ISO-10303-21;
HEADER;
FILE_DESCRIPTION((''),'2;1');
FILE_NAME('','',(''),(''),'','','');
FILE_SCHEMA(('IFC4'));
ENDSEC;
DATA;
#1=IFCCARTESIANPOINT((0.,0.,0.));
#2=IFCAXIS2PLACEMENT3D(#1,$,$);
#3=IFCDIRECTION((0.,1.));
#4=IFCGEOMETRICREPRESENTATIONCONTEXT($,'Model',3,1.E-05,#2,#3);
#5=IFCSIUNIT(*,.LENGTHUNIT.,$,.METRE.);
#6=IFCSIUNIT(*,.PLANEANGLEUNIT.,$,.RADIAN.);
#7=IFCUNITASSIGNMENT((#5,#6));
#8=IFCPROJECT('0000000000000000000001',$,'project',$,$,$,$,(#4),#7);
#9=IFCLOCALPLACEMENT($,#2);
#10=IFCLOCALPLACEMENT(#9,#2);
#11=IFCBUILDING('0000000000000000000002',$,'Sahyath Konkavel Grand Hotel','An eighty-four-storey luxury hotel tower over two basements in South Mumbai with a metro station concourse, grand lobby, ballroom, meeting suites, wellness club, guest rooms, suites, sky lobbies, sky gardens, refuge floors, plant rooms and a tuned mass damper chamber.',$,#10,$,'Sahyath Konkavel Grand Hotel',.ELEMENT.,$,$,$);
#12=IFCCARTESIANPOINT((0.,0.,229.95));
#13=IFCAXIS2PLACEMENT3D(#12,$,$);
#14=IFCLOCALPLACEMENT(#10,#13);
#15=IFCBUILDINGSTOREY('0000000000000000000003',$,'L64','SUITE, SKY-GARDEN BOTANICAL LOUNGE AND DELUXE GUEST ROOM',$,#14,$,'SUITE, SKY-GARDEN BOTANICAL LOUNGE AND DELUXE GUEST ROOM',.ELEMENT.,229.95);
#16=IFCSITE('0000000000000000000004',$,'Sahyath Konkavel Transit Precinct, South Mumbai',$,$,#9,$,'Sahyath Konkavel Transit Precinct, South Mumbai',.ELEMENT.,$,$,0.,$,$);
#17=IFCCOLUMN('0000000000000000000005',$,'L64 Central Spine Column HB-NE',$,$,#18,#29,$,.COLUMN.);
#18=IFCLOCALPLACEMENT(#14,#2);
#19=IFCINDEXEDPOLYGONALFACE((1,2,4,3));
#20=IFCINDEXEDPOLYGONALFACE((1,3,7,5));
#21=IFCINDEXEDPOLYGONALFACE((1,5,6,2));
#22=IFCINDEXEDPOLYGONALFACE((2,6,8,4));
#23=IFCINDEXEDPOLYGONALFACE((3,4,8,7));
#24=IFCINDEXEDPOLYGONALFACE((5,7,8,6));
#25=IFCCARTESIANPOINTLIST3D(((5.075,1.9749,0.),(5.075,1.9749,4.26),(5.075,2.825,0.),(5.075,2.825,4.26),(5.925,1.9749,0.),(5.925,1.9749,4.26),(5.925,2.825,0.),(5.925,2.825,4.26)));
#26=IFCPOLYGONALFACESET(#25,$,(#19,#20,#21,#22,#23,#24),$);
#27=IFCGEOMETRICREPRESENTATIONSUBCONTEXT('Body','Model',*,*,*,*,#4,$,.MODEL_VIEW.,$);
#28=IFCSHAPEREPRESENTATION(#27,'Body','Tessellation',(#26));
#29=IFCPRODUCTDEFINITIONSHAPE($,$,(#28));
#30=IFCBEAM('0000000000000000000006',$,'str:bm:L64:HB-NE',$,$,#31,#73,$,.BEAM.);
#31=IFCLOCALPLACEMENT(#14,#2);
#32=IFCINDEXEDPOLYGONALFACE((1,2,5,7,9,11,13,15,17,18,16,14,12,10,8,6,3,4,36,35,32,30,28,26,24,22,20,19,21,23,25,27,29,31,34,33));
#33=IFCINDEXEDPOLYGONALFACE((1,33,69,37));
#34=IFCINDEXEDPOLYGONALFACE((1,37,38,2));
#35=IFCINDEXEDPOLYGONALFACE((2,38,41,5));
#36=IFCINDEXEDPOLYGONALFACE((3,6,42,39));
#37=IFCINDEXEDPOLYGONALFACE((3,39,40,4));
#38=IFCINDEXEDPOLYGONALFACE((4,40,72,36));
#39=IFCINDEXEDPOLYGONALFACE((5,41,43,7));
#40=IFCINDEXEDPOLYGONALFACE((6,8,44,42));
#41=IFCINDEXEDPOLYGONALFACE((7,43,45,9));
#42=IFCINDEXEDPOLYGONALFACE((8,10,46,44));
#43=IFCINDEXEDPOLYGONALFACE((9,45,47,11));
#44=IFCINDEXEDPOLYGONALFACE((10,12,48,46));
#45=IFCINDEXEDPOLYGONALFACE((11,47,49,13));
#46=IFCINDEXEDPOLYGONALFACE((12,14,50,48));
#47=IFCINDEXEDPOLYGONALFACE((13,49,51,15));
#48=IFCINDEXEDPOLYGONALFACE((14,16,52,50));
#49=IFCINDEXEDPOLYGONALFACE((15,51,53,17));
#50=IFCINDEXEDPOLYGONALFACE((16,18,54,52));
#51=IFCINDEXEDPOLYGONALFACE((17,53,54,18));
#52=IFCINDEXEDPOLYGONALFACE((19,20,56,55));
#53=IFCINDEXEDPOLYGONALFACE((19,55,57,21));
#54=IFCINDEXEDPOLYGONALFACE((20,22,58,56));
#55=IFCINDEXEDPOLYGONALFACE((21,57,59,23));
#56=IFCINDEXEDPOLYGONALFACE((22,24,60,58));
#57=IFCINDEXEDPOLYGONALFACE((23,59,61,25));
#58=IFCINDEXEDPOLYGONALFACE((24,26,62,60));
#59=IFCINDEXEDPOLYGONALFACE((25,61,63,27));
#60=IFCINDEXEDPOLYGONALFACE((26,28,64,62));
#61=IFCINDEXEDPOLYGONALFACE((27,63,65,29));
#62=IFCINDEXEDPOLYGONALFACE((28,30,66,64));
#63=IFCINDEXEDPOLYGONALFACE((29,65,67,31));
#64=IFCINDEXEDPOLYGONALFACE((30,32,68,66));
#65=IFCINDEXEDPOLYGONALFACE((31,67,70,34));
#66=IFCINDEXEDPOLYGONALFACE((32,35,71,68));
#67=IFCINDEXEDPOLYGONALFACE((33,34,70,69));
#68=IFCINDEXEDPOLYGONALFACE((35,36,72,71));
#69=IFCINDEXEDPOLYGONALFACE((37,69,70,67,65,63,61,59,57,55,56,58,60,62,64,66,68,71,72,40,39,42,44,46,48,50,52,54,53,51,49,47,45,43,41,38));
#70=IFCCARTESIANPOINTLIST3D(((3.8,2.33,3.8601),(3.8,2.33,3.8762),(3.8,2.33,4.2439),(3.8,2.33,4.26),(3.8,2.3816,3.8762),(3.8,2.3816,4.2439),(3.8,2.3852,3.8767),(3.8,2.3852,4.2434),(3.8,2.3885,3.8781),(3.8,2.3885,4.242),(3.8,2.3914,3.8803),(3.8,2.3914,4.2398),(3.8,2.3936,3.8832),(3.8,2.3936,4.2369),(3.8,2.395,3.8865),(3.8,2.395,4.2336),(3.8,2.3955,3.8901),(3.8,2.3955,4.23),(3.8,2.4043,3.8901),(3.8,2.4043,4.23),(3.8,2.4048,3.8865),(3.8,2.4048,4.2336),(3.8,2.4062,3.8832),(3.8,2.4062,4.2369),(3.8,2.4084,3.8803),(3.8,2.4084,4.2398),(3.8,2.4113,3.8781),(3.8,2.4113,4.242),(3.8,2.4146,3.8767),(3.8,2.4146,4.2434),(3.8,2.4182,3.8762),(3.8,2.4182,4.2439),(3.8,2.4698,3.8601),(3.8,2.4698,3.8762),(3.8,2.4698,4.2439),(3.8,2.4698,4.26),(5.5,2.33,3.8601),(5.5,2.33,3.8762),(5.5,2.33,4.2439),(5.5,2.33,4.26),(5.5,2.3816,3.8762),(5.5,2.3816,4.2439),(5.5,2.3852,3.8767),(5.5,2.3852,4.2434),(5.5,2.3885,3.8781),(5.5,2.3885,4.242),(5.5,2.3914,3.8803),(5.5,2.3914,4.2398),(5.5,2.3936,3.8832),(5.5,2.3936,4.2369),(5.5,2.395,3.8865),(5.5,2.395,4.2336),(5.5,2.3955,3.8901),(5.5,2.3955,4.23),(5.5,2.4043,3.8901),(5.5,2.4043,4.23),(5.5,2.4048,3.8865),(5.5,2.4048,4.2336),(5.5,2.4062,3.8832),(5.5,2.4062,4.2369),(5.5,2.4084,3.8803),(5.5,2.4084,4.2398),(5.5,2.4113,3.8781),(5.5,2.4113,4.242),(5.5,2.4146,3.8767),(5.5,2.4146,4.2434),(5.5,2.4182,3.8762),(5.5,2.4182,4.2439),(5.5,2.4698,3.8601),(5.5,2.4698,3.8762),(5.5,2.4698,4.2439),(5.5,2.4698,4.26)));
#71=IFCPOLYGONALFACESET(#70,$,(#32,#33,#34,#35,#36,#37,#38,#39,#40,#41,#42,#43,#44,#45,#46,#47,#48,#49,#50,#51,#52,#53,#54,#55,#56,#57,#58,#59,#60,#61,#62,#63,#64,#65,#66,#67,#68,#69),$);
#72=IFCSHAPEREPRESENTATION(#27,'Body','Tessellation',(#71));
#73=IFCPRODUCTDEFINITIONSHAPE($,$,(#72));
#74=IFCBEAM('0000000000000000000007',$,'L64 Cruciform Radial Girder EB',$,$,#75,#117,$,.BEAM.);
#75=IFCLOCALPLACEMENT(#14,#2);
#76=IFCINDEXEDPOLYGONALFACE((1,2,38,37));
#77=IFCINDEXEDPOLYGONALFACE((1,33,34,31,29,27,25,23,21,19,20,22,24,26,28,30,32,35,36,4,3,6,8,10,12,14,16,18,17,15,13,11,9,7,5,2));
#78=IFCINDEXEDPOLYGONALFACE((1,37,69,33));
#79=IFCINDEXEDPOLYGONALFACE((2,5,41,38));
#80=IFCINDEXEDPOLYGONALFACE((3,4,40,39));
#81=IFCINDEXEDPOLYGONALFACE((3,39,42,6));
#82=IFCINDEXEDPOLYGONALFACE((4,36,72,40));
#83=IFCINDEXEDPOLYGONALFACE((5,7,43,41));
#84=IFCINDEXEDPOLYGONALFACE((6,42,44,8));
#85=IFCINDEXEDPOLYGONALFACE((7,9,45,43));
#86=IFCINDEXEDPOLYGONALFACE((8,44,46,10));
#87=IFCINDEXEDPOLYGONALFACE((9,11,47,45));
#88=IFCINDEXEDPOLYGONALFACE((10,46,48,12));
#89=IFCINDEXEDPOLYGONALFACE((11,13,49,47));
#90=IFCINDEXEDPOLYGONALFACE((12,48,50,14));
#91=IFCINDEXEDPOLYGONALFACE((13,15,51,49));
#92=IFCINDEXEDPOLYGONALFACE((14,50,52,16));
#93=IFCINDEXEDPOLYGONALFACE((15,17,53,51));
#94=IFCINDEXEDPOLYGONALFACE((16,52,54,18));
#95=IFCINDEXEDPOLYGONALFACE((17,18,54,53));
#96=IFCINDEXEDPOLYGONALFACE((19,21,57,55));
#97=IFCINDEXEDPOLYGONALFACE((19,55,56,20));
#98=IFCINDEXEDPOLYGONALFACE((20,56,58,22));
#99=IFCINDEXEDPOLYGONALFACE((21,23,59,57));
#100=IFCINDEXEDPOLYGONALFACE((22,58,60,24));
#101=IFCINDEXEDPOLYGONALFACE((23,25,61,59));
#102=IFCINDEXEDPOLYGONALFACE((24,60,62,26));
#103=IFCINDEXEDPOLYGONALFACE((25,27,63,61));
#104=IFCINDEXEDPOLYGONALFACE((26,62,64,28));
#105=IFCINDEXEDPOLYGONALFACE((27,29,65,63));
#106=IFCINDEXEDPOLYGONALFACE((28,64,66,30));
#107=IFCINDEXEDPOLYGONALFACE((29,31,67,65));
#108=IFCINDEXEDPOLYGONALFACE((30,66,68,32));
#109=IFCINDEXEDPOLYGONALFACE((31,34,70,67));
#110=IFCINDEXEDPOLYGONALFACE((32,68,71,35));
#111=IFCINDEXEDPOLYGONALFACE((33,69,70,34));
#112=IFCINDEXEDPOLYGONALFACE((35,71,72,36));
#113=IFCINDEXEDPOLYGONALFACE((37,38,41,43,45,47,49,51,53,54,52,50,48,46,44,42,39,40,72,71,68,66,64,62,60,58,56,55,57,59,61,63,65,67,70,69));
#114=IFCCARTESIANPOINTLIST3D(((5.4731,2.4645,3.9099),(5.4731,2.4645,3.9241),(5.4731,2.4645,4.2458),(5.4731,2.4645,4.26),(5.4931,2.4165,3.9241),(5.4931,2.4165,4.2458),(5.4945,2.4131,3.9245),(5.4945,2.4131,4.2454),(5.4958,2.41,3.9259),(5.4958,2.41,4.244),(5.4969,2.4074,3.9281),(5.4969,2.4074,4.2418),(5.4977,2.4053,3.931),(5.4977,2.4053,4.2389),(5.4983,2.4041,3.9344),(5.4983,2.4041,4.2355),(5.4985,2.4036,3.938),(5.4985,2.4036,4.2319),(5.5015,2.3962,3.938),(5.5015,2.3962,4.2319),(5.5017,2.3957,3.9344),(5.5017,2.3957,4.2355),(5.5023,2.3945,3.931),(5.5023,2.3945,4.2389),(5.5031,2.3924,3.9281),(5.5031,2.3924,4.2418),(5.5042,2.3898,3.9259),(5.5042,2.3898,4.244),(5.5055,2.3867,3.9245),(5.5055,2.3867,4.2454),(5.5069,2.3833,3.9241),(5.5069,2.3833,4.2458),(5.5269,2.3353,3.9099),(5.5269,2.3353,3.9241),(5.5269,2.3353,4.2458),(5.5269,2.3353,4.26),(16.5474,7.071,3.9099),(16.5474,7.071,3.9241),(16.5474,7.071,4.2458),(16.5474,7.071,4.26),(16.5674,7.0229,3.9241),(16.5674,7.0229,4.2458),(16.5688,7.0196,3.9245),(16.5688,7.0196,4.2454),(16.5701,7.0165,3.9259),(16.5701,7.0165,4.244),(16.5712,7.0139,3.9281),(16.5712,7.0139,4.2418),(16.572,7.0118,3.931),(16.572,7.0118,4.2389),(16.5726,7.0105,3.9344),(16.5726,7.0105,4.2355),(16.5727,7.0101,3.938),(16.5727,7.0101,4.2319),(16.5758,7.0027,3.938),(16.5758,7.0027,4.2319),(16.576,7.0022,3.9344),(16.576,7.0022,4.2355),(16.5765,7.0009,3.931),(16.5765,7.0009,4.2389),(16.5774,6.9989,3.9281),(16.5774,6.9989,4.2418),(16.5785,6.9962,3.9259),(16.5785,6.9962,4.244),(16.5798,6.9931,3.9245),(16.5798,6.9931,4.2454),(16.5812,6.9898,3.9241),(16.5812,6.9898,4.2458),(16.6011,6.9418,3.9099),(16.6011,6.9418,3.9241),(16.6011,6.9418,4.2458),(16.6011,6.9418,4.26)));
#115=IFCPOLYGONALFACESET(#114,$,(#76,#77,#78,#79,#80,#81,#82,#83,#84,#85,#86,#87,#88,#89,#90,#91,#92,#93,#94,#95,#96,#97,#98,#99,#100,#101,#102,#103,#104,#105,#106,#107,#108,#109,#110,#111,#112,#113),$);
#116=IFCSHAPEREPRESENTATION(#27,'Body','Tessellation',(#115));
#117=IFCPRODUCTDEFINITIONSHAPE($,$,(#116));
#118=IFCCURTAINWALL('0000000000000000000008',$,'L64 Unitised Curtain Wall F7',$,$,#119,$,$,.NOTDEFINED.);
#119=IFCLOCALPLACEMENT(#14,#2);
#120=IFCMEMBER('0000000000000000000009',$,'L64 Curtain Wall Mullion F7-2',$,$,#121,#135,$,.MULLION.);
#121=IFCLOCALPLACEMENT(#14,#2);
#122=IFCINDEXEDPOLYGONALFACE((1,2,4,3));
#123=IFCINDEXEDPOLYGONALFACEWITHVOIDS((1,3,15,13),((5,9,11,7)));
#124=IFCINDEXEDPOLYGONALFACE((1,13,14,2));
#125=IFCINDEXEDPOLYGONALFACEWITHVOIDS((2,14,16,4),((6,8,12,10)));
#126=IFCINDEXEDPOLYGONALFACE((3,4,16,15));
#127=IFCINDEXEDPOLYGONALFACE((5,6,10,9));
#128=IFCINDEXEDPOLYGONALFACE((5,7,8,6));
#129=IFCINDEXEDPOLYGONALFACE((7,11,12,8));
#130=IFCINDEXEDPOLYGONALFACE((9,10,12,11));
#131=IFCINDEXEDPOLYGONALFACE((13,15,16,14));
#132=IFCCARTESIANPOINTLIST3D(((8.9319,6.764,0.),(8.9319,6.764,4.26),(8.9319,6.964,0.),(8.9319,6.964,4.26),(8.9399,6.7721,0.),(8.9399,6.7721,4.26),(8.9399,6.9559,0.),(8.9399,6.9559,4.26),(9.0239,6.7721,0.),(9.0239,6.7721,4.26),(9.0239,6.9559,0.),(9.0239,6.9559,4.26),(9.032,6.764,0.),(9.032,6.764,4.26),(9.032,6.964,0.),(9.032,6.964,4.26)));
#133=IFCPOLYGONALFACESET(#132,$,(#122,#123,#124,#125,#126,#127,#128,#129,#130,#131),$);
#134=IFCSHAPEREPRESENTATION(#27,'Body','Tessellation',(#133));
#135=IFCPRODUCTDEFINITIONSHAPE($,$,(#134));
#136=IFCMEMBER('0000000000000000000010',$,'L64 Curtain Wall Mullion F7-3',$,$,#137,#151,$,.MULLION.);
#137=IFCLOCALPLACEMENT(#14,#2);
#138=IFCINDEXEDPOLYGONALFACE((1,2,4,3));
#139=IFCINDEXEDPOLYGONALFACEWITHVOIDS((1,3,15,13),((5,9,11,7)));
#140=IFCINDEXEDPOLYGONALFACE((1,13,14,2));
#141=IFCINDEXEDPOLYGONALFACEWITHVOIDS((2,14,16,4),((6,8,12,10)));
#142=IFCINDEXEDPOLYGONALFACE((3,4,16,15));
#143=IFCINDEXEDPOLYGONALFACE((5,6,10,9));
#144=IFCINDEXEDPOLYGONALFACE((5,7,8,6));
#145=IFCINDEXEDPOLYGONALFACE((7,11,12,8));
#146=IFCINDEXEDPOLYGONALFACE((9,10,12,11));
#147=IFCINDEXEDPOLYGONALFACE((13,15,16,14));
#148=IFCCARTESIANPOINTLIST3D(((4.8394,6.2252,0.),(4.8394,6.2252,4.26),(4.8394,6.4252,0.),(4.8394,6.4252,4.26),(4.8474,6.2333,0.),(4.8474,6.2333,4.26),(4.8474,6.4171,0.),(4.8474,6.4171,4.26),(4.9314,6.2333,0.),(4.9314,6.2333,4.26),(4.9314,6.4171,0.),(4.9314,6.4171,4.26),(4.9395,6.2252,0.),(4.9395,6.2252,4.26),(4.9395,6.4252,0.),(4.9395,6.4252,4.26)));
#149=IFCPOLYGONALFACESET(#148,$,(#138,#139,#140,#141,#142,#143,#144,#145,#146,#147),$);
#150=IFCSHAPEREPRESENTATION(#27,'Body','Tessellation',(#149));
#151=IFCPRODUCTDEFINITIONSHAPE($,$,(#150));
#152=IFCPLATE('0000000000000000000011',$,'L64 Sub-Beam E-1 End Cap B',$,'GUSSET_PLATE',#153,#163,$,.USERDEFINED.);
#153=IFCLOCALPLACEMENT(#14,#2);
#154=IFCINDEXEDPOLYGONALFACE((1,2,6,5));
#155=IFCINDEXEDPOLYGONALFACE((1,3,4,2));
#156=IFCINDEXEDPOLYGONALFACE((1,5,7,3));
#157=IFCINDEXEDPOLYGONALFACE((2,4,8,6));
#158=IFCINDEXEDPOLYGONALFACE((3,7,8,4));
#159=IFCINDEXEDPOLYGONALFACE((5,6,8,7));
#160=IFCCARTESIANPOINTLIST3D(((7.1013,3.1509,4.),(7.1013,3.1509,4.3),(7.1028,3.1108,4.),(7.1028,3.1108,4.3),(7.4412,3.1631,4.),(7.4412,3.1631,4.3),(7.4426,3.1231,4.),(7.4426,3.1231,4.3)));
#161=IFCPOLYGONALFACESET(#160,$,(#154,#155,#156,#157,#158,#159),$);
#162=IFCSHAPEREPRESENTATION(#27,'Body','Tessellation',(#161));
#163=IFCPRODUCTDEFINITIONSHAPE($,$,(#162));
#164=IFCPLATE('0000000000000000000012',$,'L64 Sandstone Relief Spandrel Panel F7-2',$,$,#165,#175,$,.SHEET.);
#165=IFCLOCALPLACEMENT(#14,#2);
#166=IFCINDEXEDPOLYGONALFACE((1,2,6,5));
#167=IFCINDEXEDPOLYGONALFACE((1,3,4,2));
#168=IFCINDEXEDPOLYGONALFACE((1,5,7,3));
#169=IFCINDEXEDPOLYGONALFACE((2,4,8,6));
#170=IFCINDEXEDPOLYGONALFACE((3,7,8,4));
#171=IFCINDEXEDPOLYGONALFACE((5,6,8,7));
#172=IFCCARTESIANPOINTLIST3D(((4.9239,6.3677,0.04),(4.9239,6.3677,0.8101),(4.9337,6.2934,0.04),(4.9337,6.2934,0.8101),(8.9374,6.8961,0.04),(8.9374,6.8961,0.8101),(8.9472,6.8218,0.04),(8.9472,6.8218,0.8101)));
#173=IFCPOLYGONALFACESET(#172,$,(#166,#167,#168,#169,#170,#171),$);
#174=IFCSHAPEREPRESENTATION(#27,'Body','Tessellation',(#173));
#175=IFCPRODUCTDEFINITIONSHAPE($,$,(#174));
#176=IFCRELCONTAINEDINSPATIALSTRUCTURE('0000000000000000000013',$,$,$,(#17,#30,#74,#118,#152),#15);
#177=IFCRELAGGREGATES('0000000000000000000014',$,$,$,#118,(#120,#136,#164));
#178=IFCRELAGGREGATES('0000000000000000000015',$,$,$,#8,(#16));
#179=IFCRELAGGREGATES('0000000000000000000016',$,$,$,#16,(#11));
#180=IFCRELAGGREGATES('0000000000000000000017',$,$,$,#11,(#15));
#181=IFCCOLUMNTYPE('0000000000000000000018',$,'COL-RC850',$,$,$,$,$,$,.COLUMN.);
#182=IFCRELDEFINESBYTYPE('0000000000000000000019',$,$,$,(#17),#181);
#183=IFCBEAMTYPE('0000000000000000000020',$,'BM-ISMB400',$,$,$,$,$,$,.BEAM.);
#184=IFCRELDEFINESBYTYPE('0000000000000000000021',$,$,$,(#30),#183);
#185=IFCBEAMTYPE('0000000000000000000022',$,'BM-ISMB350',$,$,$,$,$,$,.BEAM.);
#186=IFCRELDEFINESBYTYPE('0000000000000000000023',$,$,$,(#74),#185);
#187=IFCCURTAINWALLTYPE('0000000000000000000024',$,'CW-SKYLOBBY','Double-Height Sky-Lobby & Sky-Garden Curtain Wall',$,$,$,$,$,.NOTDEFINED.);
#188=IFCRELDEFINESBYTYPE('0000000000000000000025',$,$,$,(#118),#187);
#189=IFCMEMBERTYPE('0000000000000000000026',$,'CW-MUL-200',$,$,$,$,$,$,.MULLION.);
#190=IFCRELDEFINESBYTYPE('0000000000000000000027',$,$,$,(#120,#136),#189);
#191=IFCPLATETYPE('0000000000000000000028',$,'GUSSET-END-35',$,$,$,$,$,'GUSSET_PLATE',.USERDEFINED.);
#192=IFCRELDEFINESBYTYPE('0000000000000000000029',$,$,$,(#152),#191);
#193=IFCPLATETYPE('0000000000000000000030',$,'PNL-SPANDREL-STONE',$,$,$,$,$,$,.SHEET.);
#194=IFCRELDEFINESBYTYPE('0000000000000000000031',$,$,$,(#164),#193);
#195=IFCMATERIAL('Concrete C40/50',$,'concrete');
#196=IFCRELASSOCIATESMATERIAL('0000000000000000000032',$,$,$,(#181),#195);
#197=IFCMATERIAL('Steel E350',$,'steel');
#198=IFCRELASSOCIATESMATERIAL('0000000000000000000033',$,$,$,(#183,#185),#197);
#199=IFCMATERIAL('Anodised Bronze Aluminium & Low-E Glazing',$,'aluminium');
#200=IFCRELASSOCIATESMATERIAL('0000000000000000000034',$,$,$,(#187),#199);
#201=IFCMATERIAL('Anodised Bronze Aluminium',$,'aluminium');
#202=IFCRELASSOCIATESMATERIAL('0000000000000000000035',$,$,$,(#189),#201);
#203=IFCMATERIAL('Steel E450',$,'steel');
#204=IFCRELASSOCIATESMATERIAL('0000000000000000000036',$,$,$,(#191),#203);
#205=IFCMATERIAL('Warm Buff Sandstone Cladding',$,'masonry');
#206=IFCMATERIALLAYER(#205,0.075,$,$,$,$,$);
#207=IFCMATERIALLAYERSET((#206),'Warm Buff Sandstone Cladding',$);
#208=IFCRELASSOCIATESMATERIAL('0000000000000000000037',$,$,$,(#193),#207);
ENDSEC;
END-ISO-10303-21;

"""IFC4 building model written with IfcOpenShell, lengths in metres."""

from ifc_helpers import new_model, si_unit, direction, frame, origin, origin_2d, place, context, subcontext, project, spatial, rectangle, hollow_rectangle, i_section, extrude, source, transform, mapped, material, layer, layer_set, material_profile, profile_set, type_object, element, aggregate, save


model = new_model("IFC4")

# Units and contexts
model_context = context("Model", 3, precision=1e-05, world=origin(), true_north=direction((0.0, 1.0)))
body_context = subcontext(model_context, "Body", "Model", "MODEL_VIEW")
ifc_project = project(units=[si_unit("LENGTHUNIT", "METRE"), si_unit("PLANEANGLEUNIT", "RADIAN")], contexts=[model_context])

# Site, building, storey
site_placement = place(None, origin())
site = spatial("IfcSite", under=ifc_project, at=site_placement, Name="Sahyath Konkavel Transit Precinct, South Mumbai", LongName="Sahyath Konkavel Transit Precinct, South Mumbai", CompositionType="ELEMENT", RefElevation=0.0)
building_placement = place(site_placement, origin())
building = spatial("IfcBuilding", under=site, at=building_placement, Name="Sahyath Konkavel Grand Hotel", Description="An eighty-four-storey luxury hotel tower over two basements in South Mumbai with a metro station concourse, grand lobby, ballroom, meeting suites, wellness club, guest rooms, suites, sky lobbies, sky gardens, refuge floors, plant rooms and a tuned mass damper chamber.", LongName="Sahyath Konkavel Grand Hotel", CompositionType="ELEMENT")
storey_placement = place(building_placement, frame((0.0, 0.0, 229.95)))
storey = spatial("IfcBuildingStorey", under=building, at=storey_placement, Name="L64", Description="SUITE, SKY-GARDEN BOTANICAL LOUNGE AND DELUXE GUEST ROOM", LongName="SUITE, SKY-GARDEN BOTANICAL LOUNGE AND DELUXE GUEST ROOM", CompositionType="ELEMENT", Elevation=229.95)

# Column
ifc_material_1 = material(Name="Concrete C40/50", Category="concrete")
ifc_material_profile_1 = material_profile(ifc_material_1, rectangle(XDim=0.8501, YDim=0.8501, at=origin_2d()), Name="RC 850x850")
ifc_profile_set_1 = profile_set([ifc_material_profile_1], Name="Concrete C40/50")
column_type = type_object("IfcColumnType", Name="COL-RC850", PredefinedType="COLUMN", material=ifc_profile_set_1)
shared_shape_1 = source(origin(), body_context, "Body", "SweptSolid", [
    extrude(rectangle(XDim=0.8501, YDim=0.8501, at=origin_2d()), origin(), (0.0, 0.0, 1.0), 4.26),
])
column_placement = place(storey_placement, frame((5.5, 2.3999, 0.0), z_axis=(0.0, 0.0, 1.0), x_axis=(1.0, 0.0, 0.0)))
element("IfcColumn", 1, at=column_placement, inside=storey, type_object=column_type, Name="L64 Central Spine Column HB-NE", PredefinedType="COLUMN", context=body_context, shape_type="MappedRepresentation", body=[
    mapped(shared_shape_1, transform((0.0, 0.0, 0.0), scale=1.0)),
])

# Beams
ifc_material_2 = material(Name="Steel E350", Category="steel")
ifc_material_profile_2 = material_profile(ifc_material_2, i_section(OverallWidth=0.1399, OverallDepth=0.3999, WebThickness=0.0088, FlangeThickness=0.0161, FilletRadius=0.0139, at=origin_2d()), Name="ISMB 400")
ifc_profile_set_2 = profile_set([ifc_material_profile_2], Name="Steel E350")
beam_type_1 = type_object("IfcBeamType", Name="BM-ISMB400", PredefinedType="BEAM", material=ifc_profile_set_2)
shared_shape_2 = source(origin(), body_context, "Body", "SweptSolid", [
    extrude(i_section(OverallWidth=0.1399, OverallDepth=0.3999, WebThickness=0.0088, FlangeThickness=0.0161, FilletRadius=0.0139, at=origin_2d()), origin(), (0.0, 0.0, 1.0), 1.7),
])
beam_1_placement = place(storey_placement, frame((3.8, 2.3999, 4.0601), z_axis=(1.0, 0.0, 0.0), x_axis=(0.0, 1.0, 0.0)))
element("IfcBeam", 2, at=beam_1_placement, inside=storey, type_object=beam_type_1, Name="str:bm:L64:HB-NE", PredefinedType="BEAM", context=body_context, shape_type="MappedRepresentation", body=[
    mapped(shared_shape_2, transform((0.0, 0.0, 0.0), scale=1.0)),
])
ifc_material_profile_3 = material_profile(ifc_material_2, i_section(OverallWidth=0.1399, OverallDepth=0.3501, WebThickness=0.0081, FlangeThickness=0.0142, FilletRadius=0.0139, at=origin_2d()), Name="ISMB 350")
ifc_profile_set_3 = profile_set([ifc_material_profile_3], Name="Steel E350")
beam_type_2 = type_object("IfcBeamType", Name="BM-ISMB350", PredefinedType="BEAM", material=ifc_profile_set_3)
shared_shape_3 = source(origin(), body_context, "Body", "SweptSolid", [
    extrude(i_section(OverallWidth=0.1399, OverallDepth=0.3501, WebThickness=0.0081, FlangeThickness=0.0142, FilletRadius=0.0139, at=origin_2d()), origin(), (0.0, 0.0, 1.0), 11.9941),
])
beam_2_placement = place(storey_placement, frame((5.5, 2.3999, 4.085), z_axis=(0.923308, 0.38406, 0.0), x_axis=(-0.38406, 0.923308, 0.0)))
element("IfcBeam", 3, at=beam_2_placement, inside=storey, type_object=beam_type_2, Name="L64 Cruciform Radial Girder EB", PredefinedType="BEAM", context=body_context, shape_type="MappedRepresentation", body=[
    mapped(shared_shape_3, transform((0.0, 0.0, 0.0), scale=1.0)),
])

# Curtain wall, members
ifc_material_3 = material(Name="Anodised Bronze Aluminium & Low-E Glazing", Category="aluminium")
curtain_wall_type = type_object("IfcCurtainWallType", Name="CW-SKYLOBBY", Description="Double-Height Sky-Lobby & Sky-Garden Curtain Wall", PredefinedType="NOTDEFINED", material=ifc_material_3)
curtain_wall_placement = place(storey_placement, origin())
curtain_wall = element("IfcCurtainWall", 4, at=curtain_wall_placement, inside=storey, type_object=curtain_wall_type, Name="L64 Unitised Curtain Wall F7", PredefinedType="NOTDEFINED")
ifc_material_4 = material(Name="Anodised Bronze Aluminium", Category="aluminium")
ifc_material_profile_4 = material_profile(ifc_material_4, hollow_rectangle(XDim=0.1001, YDim=0.2, WallThickness=0.0081, at=origin_2d()), Name="RHS 200x100x8")
ifc_profile_set_4 = profile_set([ifc_material_profile_4], Name="Anodised Bronze Aluminium")
member_type = type_object("IfcMemberType", Name="CW-MUL-200", PredefinedType="MULLION", material=ifc_profile_set_4)
shared_shape_4 = source(origin(), body_context, "Body", "SweptSolid", [
    extrude(hollow_rectangle(XDim=0.1001, YDim=0.2, WallThickness=0.0081, at=origin_2d()), origin(), (0.0, 0.0, 1.0), 4.26),
])
member_1_placement = place(storey_placement, frame((8.9819, 6.864, 0.0), z_axis=(0.0, 0.0, 1.0), x_axis=(1.0, 0.0, 0.0)))
member_1 = element("IfcMember", 5, at=member_1_placement, type_object=member_type, Name="L64 Curtain Wall Mullion F7-2", PredefinedType="MULLION", context=body_context, shape_type="MappedRepresentation", body=[
    mapped(shared_shape_4, transform((0.0, 0.0, 0.0), scale=1.0)),
])
member_2_placement = place(storey_placement, frame((4.8894, 6.3252, 0.0), z_axis=(0.0, 0.0, 1.0), x_axis=(1.0, 0.0, 0.0)))
member_2 = element("IfcMember", 6, at=member_2_placement, type_object=member_type, Name="L64 Curtain Wall Mullion F7-3", PredefinedType="MULLION", context=body_context, shape_type="MappedRepresentation", body=[
    mapped(shared_shape_4, transform((0.0, 0.0, 0.0), scale=1.0)),
])

# Plates
ifc_material_5 = material(Name="Steel E450", Category="steel")
plate_type_1 = type_object("IfcPlateType", Name="GUSSET-END-35", ElementType="GUSSET_PLATE", PredefinedType="USERDEFINED", material=ifc_material_5)
shared_shape_5 = source(origin(), body_context, "Body", "SweptSolid", [
    extrude(rectangle(XDim=0.04, YDim=0.3401, at=origin_2d()), origin(), (0.0, 0.0, 1.0), 0.3),
])
plate_1_placement = place(storey_placement, frame((7.272, 3.137, 4.0), z_axis=(0.0, 0.0, 1.0), x_axis=(-0.035981, 0.999352, 0.0)))
element("IfcPlate", 7, at=plate_1_placement, inside=storey, type_object=plate_type_1, Name="L64 Sub-Beam E-1 End Cap B", ObjectType="GUSSET_PLATE", PredefinedType="USERDEFINED", context=body_context, shape_type="MappedRepresentation", body=[
    mapped(shared_shape_5, transform((0.0, 0.0, 0.0), scale=1.0)),
])
ifc_material_6 = material(Name="Warm Buff Sandstone Cladding", Category="masonry")
ifc_layer_1 = layer(ifc_material_6, 0.075)
ifc_layer_set_1 = layer_set([ifc_layer_1], Name="Warm Buff Sandstone Cladding")
plate_type_2 = type_object("IfcPlateType", Name="PNL-SPANDREL-STONE", PredefinedType="SHEET", material=ifc_layer_set_1)
shared_shape_6 = source(origin(), body_context, "Body", "SweptSolid", [
    extrude(rectangle(XDim=4.0481, YDim=0.075, at=origin_2d()), origin(), (0.0, 0.0, 1.0), 0.77),
])
plate_2_placement = place(storey_placement, frame((6.9355, 6.5947, 0.04), z_axis=(0.0, 0.0, 1.0), x_axis=(-0.991445, -0.130526, 0.0)))
plate_2 = element("IfcPlate", 8, at=plate_2_placement, type_object=plate_type_2, Name="L64 Sandstone Relief Spandrel Panel F7-2", PredefinedType="SHEET", context=body_context, shape_type="MappedRepresentation", body=[
    mapped(shared_shape_6, transform((0.0, 0.0, 0.0), scale=1.0)),
])
aggregate(curtain_wall, [member_1, member_2, plate_2])

save(model, "model.ifc")
